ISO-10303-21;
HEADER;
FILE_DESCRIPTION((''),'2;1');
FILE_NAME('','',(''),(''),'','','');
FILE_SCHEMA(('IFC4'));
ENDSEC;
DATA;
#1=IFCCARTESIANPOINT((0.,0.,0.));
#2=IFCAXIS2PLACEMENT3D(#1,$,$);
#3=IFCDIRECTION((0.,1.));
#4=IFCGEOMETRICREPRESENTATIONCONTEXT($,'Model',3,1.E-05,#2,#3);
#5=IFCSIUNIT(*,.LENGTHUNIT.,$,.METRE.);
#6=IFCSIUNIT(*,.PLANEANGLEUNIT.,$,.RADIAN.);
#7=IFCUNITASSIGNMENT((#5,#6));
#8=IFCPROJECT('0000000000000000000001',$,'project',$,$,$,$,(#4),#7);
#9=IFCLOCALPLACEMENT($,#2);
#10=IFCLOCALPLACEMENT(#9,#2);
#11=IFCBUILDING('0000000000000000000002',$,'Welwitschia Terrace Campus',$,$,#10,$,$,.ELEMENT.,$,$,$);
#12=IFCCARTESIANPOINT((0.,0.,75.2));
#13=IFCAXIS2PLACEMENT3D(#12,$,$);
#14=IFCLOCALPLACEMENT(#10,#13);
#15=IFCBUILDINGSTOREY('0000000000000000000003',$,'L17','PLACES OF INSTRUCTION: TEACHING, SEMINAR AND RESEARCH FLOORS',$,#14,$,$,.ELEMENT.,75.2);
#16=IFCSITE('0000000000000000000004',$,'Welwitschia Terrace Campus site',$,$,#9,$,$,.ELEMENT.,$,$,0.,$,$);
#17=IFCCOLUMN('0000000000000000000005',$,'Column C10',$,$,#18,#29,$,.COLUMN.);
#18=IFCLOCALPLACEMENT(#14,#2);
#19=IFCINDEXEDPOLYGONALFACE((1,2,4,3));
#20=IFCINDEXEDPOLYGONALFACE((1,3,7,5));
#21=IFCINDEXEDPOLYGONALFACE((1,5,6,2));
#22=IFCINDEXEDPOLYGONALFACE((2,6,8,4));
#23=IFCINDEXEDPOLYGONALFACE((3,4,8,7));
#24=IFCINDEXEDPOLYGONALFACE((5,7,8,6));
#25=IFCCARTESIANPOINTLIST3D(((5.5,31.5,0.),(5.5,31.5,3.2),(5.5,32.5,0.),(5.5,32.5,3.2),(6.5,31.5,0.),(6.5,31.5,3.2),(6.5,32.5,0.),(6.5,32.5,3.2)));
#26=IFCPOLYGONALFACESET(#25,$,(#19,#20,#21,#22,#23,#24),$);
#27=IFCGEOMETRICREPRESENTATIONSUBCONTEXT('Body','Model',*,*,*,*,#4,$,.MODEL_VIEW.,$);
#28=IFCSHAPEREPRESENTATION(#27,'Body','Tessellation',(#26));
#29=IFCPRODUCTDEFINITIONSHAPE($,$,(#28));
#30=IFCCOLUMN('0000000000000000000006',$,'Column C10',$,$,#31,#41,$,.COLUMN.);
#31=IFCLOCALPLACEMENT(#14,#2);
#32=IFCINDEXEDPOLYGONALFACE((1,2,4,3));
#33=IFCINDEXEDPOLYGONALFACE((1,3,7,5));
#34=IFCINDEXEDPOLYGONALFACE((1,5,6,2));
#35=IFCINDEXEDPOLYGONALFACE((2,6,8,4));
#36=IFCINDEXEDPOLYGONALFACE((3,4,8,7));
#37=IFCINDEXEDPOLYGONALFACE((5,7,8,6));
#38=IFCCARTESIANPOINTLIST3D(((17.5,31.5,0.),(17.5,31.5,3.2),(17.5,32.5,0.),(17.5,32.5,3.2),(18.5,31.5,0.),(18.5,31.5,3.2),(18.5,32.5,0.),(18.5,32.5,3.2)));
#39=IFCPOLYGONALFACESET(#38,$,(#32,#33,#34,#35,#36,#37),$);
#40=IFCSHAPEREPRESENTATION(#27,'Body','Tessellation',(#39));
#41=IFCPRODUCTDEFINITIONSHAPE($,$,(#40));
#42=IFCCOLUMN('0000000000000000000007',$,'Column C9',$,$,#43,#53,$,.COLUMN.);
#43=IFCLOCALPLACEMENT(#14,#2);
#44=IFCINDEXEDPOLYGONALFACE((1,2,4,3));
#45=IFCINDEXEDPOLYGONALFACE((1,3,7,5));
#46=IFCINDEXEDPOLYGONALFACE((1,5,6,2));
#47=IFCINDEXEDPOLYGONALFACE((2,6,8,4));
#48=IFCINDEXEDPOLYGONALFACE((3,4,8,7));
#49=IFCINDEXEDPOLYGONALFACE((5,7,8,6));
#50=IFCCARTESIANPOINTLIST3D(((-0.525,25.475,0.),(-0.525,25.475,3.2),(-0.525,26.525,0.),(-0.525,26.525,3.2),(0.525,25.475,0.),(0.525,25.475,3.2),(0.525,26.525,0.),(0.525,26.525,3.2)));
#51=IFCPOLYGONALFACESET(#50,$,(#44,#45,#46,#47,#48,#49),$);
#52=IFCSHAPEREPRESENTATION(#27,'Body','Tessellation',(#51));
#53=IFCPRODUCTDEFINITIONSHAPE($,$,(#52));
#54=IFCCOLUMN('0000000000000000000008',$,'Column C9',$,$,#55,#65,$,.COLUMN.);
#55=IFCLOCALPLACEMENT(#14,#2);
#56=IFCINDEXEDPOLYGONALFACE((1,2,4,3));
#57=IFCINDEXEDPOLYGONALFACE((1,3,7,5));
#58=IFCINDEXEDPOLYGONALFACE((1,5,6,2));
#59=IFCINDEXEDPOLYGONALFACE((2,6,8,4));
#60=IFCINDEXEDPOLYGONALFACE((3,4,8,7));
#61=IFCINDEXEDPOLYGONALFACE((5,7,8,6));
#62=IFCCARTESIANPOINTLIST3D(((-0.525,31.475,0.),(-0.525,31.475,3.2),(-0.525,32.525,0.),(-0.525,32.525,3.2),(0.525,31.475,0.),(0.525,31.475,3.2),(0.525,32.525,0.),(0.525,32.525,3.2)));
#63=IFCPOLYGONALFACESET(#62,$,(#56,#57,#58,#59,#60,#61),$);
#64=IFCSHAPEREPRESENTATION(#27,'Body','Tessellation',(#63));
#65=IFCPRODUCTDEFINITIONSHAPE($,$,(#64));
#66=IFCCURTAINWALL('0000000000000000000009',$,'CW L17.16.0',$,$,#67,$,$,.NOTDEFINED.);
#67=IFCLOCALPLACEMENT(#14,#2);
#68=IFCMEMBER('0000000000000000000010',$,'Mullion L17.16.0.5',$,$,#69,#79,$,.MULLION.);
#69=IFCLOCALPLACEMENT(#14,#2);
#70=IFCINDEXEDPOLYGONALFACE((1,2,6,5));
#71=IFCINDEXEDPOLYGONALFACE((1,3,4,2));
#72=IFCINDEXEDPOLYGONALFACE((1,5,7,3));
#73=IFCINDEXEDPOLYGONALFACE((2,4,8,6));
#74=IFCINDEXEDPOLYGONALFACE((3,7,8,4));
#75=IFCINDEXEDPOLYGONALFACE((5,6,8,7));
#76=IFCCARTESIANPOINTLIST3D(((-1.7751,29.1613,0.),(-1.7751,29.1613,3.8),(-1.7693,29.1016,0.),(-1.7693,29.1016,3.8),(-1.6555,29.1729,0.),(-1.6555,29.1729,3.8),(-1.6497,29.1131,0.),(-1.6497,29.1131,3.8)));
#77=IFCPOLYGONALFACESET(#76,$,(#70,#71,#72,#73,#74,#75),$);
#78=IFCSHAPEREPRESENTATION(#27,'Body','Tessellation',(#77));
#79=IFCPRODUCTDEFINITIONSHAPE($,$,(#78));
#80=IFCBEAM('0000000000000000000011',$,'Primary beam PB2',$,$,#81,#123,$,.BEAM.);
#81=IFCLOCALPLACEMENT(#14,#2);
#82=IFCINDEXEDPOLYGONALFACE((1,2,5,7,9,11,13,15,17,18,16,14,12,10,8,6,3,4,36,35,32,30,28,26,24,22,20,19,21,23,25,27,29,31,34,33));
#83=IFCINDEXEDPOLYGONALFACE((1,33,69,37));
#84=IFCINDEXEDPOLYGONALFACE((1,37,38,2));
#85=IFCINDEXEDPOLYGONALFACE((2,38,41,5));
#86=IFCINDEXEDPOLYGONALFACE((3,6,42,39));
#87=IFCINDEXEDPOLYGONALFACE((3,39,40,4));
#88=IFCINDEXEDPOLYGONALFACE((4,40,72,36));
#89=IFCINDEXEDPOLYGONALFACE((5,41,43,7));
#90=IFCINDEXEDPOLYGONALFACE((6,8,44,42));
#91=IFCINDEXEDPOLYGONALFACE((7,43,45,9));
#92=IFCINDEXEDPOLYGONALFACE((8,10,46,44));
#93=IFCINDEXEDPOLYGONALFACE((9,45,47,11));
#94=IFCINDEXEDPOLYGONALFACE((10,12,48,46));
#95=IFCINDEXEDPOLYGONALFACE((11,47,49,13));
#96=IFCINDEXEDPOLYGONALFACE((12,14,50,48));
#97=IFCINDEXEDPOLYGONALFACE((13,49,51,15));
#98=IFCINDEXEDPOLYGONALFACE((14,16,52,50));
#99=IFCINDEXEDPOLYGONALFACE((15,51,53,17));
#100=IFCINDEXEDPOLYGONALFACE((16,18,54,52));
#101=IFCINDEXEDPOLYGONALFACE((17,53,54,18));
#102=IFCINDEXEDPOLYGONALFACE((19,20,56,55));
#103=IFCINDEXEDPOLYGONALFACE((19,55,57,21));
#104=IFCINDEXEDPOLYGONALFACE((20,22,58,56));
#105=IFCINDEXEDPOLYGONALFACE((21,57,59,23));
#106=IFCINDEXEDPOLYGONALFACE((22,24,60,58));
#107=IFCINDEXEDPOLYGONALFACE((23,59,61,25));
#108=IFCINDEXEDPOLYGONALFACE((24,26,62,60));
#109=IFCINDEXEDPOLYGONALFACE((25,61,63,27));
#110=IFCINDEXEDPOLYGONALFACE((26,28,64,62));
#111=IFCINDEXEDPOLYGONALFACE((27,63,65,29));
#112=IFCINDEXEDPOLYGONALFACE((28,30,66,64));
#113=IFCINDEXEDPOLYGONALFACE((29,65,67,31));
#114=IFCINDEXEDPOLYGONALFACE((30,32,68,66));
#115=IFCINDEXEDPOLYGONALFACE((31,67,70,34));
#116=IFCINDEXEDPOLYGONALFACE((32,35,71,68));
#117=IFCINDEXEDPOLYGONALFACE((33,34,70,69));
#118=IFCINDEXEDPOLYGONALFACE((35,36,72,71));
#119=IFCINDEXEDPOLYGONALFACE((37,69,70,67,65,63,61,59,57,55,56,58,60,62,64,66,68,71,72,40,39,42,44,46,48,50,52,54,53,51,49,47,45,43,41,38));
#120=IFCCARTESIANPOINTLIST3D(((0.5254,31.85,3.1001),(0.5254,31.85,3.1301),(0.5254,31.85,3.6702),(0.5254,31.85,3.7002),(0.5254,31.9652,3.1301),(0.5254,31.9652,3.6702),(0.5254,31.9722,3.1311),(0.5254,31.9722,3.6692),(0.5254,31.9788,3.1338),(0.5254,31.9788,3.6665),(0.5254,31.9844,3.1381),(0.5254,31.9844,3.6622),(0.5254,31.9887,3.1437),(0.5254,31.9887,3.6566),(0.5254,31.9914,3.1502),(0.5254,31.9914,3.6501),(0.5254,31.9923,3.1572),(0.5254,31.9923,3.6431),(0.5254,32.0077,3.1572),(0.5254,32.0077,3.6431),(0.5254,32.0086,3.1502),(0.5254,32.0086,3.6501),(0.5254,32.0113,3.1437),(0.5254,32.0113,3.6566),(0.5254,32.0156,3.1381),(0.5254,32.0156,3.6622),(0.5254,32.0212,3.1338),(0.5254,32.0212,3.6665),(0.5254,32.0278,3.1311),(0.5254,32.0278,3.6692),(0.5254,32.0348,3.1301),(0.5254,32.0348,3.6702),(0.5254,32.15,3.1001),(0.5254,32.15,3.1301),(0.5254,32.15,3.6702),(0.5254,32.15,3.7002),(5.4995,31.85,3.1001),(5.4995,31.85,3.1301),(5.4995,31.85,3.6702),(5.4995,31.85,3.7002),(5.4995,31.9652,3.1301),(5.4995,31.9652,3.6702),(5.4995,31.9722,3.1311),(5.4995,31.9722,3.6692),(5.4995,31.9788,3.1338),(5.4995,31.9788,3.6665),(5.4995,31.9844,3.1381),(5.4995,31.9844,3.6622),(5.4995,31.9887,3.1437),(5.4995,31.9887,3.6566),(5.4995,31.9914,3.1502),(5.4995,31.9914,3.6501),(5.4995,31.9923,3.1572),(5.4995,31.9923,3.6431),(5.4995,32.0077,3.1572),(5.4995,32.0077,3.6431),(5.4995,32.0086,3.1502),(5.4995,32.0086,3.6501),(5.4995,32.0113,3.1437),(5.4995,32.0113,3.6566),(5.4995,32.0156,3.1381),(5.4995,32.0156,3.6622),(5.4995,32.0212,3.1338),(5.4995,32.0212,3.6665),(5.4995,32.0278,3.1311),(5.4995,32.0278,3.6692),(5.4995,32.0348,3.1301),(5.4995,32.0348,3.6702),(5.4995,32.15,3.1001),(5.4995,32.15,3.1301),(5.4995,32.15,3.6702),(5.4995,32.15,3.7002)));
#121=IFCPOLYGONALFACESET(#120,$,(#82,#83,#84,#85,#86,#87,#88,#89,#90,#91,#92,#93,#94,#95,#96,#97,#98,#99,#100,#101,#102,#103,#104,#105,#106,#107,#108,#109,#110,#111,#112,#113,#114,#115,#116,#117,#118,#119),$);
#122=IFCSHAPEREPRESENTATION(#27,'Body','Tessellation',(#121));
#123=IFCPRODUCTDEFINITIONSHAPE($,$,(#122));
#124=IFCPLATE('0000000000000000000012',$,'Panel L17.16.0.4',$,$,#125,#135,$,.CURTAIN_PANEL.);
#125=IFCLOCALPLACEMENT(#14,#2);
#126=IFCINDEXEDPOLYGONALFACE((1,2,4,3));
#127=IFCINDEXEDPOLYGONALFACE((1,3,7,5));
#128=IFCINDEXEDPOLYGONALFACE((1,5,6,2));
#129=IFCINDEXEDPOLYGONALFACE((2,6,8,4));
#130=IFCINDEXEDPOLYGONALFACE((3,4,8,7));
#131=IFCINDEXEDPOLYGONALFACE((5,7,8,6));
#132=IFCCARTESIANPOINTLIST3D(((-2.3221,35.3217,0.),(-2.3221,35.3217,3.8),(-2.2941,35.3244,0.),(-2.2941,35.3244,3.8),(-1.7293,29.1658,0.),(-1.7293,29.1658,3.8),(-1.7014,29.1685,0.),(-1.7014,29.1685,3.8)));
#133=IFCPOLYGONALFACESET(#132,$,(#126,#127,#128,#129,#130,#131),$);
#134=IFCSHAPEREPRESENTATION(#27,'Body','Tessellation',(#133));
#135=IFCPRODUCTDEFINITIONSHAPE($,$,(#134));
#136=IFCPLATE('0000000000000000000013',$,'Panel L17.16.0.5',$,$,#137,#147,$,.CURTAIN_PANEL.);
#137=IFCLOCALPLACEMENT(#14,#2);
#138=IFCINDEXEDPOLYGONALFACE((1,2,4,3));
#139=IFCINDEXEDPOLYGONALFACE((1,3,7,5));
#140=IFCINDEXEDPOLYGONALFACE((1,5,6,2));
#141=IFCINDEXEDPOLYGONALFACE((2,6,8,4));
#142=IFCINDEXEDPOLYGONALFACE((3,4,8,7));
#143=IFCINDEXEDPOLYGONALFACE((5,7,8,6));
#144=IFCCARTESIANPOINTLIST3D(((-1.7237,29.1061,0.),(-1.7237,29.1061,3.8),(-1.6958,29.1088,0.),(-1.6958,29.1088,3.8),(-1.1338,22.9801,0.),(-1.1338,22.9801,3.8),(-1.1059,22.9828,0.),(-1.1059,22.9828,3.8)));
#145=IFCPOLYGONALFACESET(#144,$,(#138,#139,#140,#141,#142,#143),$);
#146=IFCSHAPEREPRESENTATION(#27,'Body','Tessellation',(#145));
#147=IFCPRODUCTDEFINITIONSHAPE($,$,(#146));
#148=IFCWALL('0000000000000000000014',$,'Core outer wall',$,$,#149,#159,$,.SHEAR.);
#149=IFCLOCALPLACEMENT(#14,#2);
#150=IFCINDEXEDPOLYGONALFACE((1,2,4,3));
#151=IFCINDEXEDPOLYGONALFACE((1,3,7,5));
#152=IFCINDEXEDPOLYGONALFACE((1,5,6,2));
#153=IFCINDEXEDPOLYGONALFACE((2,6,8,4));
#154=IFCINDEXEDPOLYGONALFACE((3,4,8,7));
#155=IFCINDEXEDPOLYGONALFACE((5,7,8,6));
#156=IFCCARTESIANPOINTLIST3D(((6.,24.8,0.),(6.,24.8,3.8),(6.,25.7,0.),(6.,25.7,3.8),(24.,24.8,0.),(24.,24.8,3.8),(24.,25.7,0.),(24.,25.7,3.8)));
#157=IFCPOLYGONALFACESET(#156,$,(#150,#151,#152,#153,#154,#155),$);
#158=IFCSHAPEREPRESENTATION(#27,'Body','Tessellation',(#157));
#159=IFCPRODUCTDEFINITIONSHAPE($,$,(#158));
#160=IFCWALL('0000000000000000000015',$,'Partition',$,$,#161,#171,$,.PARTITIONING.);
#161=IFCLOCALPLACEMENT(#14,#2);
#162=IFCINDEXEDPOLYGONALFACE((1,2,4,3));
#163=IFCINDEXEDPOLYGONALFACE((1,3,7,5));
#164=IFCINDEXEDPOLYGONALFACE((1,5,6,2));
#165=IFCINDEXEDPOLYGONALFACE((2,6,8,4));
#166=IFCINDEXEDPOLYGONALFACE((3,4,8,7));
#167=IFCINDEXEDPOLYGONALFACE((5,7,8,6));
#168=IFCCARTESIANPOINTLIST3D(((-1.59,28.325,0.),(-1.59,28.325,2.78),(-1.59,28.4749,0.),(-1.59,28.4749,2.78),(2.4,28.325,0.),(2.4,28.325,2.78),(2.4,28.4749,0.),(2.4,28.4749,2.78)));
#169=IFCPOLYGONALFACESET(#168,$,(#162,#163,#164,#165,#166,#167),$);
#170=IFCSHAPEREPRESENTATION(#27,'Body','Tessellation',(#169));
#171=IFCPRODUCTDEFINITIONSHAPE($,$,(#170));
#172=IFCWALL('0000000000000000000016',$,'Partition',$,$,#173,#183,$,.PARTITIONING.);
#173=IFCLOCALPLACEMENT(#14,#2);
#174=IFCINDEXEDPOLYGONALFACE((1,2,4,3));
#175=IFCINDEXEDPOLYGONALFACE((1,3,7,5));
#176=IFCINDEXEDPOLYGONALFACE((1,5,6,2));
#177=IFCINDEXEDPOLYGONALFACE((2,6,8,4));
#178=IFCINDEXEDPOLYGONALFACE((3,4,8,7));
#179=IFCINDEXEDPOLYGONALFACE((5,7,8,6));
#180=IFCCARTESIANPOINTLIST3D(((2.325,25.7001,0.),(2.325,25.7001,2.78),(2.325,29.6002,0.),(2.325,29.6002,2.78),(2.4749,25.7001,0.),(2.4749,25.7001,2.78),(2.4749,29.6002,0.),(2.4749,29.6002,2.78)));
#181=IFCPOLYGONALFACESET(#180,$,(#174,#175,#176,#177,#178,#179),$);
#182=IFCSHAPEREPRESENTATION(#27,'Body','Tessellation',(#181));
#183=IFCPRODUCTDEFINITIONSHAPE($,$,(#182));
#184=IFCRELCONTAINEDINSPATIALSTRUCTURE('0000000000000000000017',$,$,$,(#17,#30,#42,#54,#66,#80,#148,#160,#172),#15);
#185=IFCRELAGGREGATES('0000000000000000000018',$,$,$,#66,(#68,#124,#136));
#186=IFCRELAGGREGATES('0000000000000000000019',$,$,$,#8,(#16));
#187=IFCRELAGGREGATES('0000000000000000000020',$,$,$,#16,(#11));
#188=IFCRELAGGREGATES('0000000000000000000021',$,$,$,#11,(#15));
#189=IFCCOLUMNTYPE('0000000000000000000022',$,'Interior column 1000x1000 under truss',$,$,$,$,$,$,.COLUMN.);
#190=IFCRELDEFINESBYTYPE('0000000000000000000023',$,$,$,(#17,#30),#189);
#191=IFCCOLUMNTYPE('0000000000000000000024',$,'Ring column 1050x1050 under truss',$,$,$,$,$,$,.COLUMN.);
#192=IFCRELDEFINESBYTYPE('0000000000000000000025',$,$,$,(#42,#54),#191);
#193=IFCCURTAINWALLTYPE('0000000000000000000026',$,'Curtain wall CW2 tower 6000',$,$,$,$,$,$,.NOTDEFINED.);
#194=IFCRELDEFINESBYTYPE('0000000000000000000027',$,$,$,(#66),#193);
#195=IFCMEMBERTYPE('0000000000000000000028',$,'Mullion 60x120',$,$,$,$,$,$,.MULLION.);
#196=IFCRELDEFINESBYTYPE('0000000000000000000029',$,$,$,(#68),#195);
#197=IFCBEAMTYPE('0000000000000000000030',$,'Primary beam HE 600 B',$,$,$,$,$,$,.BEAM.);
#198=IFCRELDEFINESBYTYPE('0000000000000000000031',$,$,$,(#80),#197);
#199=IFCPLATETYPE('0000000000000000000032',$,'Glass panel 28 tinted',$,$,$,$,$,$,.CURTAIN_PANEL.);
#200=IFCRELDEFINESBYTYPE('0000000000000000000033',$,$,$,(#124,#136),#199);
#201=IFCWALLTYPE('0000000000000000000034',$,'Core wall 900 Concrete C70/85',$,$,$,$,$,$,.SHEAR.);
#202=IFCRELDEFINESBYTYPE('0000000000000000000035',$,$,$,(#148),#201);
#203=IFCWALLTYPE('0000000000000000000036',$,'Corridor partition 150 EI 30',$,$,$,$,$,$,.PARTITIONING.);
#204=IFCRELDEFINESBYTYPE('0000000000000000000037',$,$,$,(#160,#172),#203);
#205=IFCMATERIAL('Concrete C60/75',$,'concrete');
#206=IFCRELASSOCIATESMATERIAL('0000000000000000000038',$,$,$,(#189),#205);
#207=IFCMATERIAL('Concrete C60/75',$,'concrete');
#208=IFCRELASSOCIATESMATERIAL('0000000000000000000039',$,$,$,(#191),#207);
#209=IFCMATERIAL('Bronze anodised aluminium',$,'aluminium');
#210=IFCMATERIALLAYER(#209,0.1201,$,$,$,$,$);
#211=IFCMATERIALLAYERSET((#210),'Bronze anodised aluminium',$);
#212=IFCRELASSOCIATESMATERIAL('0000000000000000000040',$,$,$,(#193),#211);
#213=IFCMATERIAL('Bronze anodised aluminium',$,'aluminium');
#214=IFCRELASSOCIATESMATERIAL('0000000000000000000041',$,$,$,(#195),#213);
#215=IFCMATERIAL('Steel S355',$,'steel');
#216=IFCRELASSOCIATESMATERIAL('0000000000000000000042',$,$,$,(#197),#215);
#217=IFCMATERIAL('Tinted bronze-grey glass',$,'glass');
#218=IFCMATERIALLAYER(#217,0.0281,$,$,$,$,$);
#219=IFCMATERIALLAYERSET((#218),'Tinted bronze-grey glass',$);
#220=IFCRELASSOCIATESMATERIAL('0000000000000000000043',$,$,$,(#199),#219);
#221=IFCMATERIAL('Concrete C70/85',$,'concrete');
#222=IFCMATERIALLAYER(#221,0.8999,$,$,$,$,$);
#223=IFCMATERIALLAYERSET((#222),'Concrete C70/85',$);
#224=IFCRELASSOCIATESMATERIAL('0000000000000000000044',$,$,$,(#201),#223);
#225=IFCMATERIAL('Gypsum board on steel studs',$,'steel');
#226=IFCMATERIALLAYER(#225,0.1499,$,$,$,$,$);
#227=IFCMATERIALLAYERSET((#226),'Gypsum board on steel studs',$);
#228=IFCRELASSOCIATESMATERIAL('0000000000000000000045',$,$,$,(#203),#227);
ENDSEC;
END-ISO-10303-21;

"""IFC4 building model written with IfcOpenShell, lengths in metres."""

from ifc_helpers import new_model, si_unit, direction, frame, frame_2d, origin, origin_2d, place, context, subcontext, project, spatial, rectangle, i_section, extrude, material, layer, layer_set, material_profile, profile_set, type_object, element, aggregate, save


model = new_model("IFC4")

# Units and contexts
model_context = context("Model", 3, precision=1e-05, world=origin(), true_north=direction((0.0, 1.0)))
body_context = subcontext(model_context, "Body", "Model", "MODEL_VIEW")
ifc_project = project(units=[si_unit("LENGTHUNIT", "METRE"), si_unit("PLANEANGLEUNIT", "RADIAN")], contexts=[model_context])

# Site, building, storey
site_placement = place(None, origin())
site = spatial("IfcSite", under=ifc_project, at=site_placement, Name="Welwitschia Terrace Campus site", CompositionType="ELEMENT", RefElevation=0.0)
building_placement = place(site_placement, origin())
building = spatial("IfcBuilding", under=site, at=building_placement, Name="Welwitschia Terrace Campus", CompositionType="ELEMENT")
storey_placement = place(building_placement, frame((0.0, 0.0, 75.2)))
storey = spatial("IfcBuildingStorey", under=building, at=storey_placement, Name="L17", Description="PLACES OF INSTRUCTION: TEACHING, SEMINAR AND RESEARCH FLOORS", CompositionType="ELEMENT", Elevation=75.2)

# Columns
ifc_material_1 = material(Name="Concrete C60/75", Category="concrete")
ifc_material_profile_1 = material_profile(ifc_material_1, rectangle(XDim=1.0, YDim=1.0, at=origin_2d()))
ifc_profile_set_1 = profile_set([ifc_material_profile_1], Name="Concrete C60/75")
column_type_1 = type_object("IfcColumnType", Name="Interior column 1000x1000 under truss", PredefinedType="COLUMN", material=ifc_profile_set_1)
for number, where, z_axis, x_axis, name in (
    (1, (6.0, 32.0, 0.0), (0.0, 0.0, 1.0), (1.0, 0.0, 0.0), "Column C10"),
    (2, (18.0, 32.0, 0.0), (0.0, 0.0, 1.0), (1.0, 0.0, 0.0), "Column C10"),
):
    element("IfcColumn", number, at=place(storey_placement, frame(where, z_axis=z_axis, x_axis=x_axis)), inside=storey, type_object=column_type_1, Name=name, PredefinedType="COLUMN", context=body_context, shape_type="SweptSolid", body=[
        extrude(rectangle(XDim=1.0, YDim=1.0, at=origin_2d()), origin(), (0.0, 0.0, 1.0), 3.2),
    ])
ifc_material_2 = material(Name="Concrete C60/75", Category="concrete")
ifc_material_profile_2 = material_profile(ifc_material_2, rectangle(XDim=1.05, YDim=1.05, at=origin_2d()))
ifc_profile_set_2 = profile_set([ifc_material_profile_2], Name="Concrete C60/75")
column_type_2 = type_object("IfcColumnType", Name="Ring column 1050x1050 under truss", PredefinedType="COLUMN", material=ifc_profile_set_2)
for number, where, z_axis, x_axis, name in (
    (3, (0.0, 26.0, 0.0), (0.0, 0.0, 1.0), (1.0, 0.0, 0.0), "Column C9"),
    (4, (0.0, 32.0, 0.0), (0.0, 0.0, 1.0), (1.0, 0.0, 0.0), "Column C9"),
):
    element("IfcColumn", number, at=place(storey_placement, frame(where, z_axis=z_axis, x_axis=x_axis)), inside=storey, type_object=column_type_2, Name=name, PredefinedType="COLUMN", context=body_context, shape_type="SweptSolid", body=[
        extrude(rectangle(XDim=1.05, YDim=1.05, at=origin_2d()), origin(), (0.0, 0.0, 1.0), 3.2),
    ])

# Curtain wall, member
ifc_material_3 = material(Name="Bronze anodised aluminium", Category="aluminium")
ifc_layer_1 = layer(ifc_material_3, 0.1201)
ifc_layer_set_1 = layer_set([ifc_layer_1], Name="Bronze anodised aluminium")
curtain_wall_type = type_object("IfcCurtainWallType", Name="Curtain wall CW2 tower 6000", PredefinedType="NOTDEFINED", material=ifc_layer_set_1)
curtain_wall_placement = place(storey_placement, origin())
curtain_wall = element("IfcCurtainWall", 5, at=curtain_wall_placement, inside=storey, type_object=curtain_wall_type, Name="CW L17.16.0", PredefinedType="NOTDEFINED")
ifc_material_4 = material(Name="Bronze anodised aluminium", Category="aluminium")
ifc_material_profile_3 = material_profile(ifc_material_4, rectangle(XDim=0.1201, YDim=0.0601, at=origin_2d()))
ifc_profile_set_3 = profile_set([ifc_material_profile_3], Name="Bronze anodised aluminium")
member_type = type_object("IfcMemberType", Name="Mullion 60x120", PredefinedType="MULLION", material=ifc_profile_set_3)
member_placement = place(storey_placement, frame((-1.7124, 29.1372, 0.0), z_axis=(0.0, 0.0, 1.0), x_axis=(0.995396, 0.095846, 0.0)))
member = element("IfcMember", 6, at=member_placement, type_object=member_type, Name="Mullion L17.16.0.5", PredefinedType="MULLION", context=body_context, shape_type="SweptSolid", body=[
    extrude(rectangle(XDim=0.1201, YDim=0.0601, at=origin_2d()), origin(), (0.0, 0.0, 1.0), 3.8),
])

# Beam
ifc_material_5 = material(Name="Steel S355", Category="steel")
ifc_material_profile_4 = material_profile(ifc_material_5, i_section(OverallWidth=0.3, OverallDepth=0.6001, WebThickness=0.0154, FlangeThickness=0.03, FilletRadius=0.0271, at=origin_2d()))
ifc_profile_set_4 = profile_set([ifc_material_profile_4], Name="Steel S355")
beam_type = type_object("IfcBeamType", Name="Primary beam HE 600 B", PredefinedType="BEAM", material=ifc_profile_set_4)
beam_placement = place(storey_placement, frame((0.5254, 32.0, 3.4001), z_axis=(1.0, 0.0, 0.0), x_axis=(0.0, 1.0, 0.0)))
element("IfcBeam", 7, at=beam_placement, inside=storey, type_object=beam_type, Name="Primary beam PB2", PredefinedType="BEAM", context=body_context, shape_type="SweptSolid", body=[
    extrude(i_section(OverallWidth=0.3, OverallDepth=0.6001, WebThickness=0.0154, FlangeThickness=0.03, FilletRadius=0.0271, at=origin_2d()), origin(), (0.0, 0.0, 1.0), 4.9741),
])

# Plates
ifc_material_6 = material(Name="Tinted bronze-grey glass", Category="glass")
ifc_layer_2 = layer(ifc_material_6, 0.0281)
ifc_layer_set_2 = layer_set([ifc_layer_2], Name="Tinted bronze-grey glass")
plate_type = type_object("IfcPlateType", Name="Glass panel 28 tinted", PredefinedType="CURTAIN_PANEL", material=ifc_layer_set_2)
plate_1_placement = place(storey_placement, frame((-2.0117, 32.2451, 0.0), z_axis=(0.0, 0.0, 1.0), x_axis=(0.095846, -0.995396, 0.0)))
plate_1 = element("IfcPlate", 8, at=plate_1_placement, type_object=plate_type, Name="Panel L17.16.0.4", PredefinedType="CURTAIN_PANEL", context=body_context, shape_type="SweptSolid", body=[
    extrude(rectangle(XDim=6.1843, YDim=0.0281, at=origin_2d()), origin(), (0.0, 0.0, 1.0), 3.8),
])
plate_2_placement = place(storey_placement, frame((-1.4148, 26.0444, 0.0), z_axis=(0.0, 0.0, 1.0), x_axis=(0.095846, -0.995396, 0.0)))
plate_2 = element("IfcPlate", 9, at=plate_2_placement, type_object=plate_type, Name="Panel L17.16.0.5", PredefinedType="CURTAIN_PANEL", context=body_context, shape_type="SweptSolid", body=[
    extrude(rectangle(XDim=6.1543, YDim=0.0281, at=origin_2d()), origin(), (0.0, 0.0, 1.0), 3.8),
])
aggregate(curtain_wall, [member, plate_1, plate_2])

# Walls
ifc_material_7 = material(Name="Concrete C70/85", Category="concrete")
ifc_layer_3 = layer(ifc_material_7, 0.8999)
ifc_layer_set_3 = layer_set([ifc_layer_3], Name="Concrete C70/85")
wall_type_1 = type_object("IfcWallType", Name="Core wall 900 Concrete C70/85", PredefinedType="SHEAR", material=ifc_layer_set_3)
wall_1_placement = place(storey_placement, frame((6.0, 25.25, 0.0), z_axis=(0.0, 0.0, 1.0), x_axis=(1.0, 0.0, 0.0)))
element("IfcWall", 10, at=wall_1_placement, inside=storey, type_object=wall_type_1, Name="Core outer wall", PredefinedType="SHEAR", context=body_context, shape_type="SweptSolid", body=[
    extrude(rectangle(XDim=18.0, YDim=0.8999, at=frame_2d((9.0, 0.0))), origin(), (0.0, 0.0, 1.0), 3.8),
])
ifc_material_8 = material(Name="Gypsum board on steel studs", Category="steel")
ifc_layer_4 = layer(ifc_material_8, 0.1499)
ifc_layer_set_4 = layer_set([ifc_layer_4], Name="Gypsum board on steel studs")
wall_type_2 = type_object("IfcWallType", Name="Corridor partition 150 EI 30", PredefinedType="PARTITIONING", material=ifc_layer_set_4)
wall_2_placement = place(storey_placement, frame((-1.5901, 28.3999, 0.0), z_axis=(0.0, 0.0, 1.0), x_axis=(1.0, 0.0, 0.0)))
element("IfcWall", 11, at=wall_2_placement, inside=storey, type_object=wall_type_2, Name="Partition", PredefinedType="PARTITIONING", context=body_context, shape_type="SweptSolid", body=[
    extrude(rectangle(XDim=3.99, YDim=0.1499, at=frame_2d((1.9951, 0.0))), origin(), (0.0, 0.0, 1.0), 2.78),
])
wall_3_placement = place(storey_placement, frame((2.3999, 25.7, 0.0), z_axis=(0.0, 0.0, 1.0), x_axis=(0.0, 1.0, 0.0)))
element("IfcWall", 12, at=wall_3_placement, inside=storey, type_object=wall_type_2, Name="Partition", PredefinedType="PARTITIONING", context=body_context, shape_type="SweptSolid", body=[
    extrude(rectangle(XDim=3.9001, YDim=0.1499, at=frame_2d((1.9502, 0.0))), origin(), (0.0, 0.0, 1.0), 2.78),
])

save(model, "model.ifc")
